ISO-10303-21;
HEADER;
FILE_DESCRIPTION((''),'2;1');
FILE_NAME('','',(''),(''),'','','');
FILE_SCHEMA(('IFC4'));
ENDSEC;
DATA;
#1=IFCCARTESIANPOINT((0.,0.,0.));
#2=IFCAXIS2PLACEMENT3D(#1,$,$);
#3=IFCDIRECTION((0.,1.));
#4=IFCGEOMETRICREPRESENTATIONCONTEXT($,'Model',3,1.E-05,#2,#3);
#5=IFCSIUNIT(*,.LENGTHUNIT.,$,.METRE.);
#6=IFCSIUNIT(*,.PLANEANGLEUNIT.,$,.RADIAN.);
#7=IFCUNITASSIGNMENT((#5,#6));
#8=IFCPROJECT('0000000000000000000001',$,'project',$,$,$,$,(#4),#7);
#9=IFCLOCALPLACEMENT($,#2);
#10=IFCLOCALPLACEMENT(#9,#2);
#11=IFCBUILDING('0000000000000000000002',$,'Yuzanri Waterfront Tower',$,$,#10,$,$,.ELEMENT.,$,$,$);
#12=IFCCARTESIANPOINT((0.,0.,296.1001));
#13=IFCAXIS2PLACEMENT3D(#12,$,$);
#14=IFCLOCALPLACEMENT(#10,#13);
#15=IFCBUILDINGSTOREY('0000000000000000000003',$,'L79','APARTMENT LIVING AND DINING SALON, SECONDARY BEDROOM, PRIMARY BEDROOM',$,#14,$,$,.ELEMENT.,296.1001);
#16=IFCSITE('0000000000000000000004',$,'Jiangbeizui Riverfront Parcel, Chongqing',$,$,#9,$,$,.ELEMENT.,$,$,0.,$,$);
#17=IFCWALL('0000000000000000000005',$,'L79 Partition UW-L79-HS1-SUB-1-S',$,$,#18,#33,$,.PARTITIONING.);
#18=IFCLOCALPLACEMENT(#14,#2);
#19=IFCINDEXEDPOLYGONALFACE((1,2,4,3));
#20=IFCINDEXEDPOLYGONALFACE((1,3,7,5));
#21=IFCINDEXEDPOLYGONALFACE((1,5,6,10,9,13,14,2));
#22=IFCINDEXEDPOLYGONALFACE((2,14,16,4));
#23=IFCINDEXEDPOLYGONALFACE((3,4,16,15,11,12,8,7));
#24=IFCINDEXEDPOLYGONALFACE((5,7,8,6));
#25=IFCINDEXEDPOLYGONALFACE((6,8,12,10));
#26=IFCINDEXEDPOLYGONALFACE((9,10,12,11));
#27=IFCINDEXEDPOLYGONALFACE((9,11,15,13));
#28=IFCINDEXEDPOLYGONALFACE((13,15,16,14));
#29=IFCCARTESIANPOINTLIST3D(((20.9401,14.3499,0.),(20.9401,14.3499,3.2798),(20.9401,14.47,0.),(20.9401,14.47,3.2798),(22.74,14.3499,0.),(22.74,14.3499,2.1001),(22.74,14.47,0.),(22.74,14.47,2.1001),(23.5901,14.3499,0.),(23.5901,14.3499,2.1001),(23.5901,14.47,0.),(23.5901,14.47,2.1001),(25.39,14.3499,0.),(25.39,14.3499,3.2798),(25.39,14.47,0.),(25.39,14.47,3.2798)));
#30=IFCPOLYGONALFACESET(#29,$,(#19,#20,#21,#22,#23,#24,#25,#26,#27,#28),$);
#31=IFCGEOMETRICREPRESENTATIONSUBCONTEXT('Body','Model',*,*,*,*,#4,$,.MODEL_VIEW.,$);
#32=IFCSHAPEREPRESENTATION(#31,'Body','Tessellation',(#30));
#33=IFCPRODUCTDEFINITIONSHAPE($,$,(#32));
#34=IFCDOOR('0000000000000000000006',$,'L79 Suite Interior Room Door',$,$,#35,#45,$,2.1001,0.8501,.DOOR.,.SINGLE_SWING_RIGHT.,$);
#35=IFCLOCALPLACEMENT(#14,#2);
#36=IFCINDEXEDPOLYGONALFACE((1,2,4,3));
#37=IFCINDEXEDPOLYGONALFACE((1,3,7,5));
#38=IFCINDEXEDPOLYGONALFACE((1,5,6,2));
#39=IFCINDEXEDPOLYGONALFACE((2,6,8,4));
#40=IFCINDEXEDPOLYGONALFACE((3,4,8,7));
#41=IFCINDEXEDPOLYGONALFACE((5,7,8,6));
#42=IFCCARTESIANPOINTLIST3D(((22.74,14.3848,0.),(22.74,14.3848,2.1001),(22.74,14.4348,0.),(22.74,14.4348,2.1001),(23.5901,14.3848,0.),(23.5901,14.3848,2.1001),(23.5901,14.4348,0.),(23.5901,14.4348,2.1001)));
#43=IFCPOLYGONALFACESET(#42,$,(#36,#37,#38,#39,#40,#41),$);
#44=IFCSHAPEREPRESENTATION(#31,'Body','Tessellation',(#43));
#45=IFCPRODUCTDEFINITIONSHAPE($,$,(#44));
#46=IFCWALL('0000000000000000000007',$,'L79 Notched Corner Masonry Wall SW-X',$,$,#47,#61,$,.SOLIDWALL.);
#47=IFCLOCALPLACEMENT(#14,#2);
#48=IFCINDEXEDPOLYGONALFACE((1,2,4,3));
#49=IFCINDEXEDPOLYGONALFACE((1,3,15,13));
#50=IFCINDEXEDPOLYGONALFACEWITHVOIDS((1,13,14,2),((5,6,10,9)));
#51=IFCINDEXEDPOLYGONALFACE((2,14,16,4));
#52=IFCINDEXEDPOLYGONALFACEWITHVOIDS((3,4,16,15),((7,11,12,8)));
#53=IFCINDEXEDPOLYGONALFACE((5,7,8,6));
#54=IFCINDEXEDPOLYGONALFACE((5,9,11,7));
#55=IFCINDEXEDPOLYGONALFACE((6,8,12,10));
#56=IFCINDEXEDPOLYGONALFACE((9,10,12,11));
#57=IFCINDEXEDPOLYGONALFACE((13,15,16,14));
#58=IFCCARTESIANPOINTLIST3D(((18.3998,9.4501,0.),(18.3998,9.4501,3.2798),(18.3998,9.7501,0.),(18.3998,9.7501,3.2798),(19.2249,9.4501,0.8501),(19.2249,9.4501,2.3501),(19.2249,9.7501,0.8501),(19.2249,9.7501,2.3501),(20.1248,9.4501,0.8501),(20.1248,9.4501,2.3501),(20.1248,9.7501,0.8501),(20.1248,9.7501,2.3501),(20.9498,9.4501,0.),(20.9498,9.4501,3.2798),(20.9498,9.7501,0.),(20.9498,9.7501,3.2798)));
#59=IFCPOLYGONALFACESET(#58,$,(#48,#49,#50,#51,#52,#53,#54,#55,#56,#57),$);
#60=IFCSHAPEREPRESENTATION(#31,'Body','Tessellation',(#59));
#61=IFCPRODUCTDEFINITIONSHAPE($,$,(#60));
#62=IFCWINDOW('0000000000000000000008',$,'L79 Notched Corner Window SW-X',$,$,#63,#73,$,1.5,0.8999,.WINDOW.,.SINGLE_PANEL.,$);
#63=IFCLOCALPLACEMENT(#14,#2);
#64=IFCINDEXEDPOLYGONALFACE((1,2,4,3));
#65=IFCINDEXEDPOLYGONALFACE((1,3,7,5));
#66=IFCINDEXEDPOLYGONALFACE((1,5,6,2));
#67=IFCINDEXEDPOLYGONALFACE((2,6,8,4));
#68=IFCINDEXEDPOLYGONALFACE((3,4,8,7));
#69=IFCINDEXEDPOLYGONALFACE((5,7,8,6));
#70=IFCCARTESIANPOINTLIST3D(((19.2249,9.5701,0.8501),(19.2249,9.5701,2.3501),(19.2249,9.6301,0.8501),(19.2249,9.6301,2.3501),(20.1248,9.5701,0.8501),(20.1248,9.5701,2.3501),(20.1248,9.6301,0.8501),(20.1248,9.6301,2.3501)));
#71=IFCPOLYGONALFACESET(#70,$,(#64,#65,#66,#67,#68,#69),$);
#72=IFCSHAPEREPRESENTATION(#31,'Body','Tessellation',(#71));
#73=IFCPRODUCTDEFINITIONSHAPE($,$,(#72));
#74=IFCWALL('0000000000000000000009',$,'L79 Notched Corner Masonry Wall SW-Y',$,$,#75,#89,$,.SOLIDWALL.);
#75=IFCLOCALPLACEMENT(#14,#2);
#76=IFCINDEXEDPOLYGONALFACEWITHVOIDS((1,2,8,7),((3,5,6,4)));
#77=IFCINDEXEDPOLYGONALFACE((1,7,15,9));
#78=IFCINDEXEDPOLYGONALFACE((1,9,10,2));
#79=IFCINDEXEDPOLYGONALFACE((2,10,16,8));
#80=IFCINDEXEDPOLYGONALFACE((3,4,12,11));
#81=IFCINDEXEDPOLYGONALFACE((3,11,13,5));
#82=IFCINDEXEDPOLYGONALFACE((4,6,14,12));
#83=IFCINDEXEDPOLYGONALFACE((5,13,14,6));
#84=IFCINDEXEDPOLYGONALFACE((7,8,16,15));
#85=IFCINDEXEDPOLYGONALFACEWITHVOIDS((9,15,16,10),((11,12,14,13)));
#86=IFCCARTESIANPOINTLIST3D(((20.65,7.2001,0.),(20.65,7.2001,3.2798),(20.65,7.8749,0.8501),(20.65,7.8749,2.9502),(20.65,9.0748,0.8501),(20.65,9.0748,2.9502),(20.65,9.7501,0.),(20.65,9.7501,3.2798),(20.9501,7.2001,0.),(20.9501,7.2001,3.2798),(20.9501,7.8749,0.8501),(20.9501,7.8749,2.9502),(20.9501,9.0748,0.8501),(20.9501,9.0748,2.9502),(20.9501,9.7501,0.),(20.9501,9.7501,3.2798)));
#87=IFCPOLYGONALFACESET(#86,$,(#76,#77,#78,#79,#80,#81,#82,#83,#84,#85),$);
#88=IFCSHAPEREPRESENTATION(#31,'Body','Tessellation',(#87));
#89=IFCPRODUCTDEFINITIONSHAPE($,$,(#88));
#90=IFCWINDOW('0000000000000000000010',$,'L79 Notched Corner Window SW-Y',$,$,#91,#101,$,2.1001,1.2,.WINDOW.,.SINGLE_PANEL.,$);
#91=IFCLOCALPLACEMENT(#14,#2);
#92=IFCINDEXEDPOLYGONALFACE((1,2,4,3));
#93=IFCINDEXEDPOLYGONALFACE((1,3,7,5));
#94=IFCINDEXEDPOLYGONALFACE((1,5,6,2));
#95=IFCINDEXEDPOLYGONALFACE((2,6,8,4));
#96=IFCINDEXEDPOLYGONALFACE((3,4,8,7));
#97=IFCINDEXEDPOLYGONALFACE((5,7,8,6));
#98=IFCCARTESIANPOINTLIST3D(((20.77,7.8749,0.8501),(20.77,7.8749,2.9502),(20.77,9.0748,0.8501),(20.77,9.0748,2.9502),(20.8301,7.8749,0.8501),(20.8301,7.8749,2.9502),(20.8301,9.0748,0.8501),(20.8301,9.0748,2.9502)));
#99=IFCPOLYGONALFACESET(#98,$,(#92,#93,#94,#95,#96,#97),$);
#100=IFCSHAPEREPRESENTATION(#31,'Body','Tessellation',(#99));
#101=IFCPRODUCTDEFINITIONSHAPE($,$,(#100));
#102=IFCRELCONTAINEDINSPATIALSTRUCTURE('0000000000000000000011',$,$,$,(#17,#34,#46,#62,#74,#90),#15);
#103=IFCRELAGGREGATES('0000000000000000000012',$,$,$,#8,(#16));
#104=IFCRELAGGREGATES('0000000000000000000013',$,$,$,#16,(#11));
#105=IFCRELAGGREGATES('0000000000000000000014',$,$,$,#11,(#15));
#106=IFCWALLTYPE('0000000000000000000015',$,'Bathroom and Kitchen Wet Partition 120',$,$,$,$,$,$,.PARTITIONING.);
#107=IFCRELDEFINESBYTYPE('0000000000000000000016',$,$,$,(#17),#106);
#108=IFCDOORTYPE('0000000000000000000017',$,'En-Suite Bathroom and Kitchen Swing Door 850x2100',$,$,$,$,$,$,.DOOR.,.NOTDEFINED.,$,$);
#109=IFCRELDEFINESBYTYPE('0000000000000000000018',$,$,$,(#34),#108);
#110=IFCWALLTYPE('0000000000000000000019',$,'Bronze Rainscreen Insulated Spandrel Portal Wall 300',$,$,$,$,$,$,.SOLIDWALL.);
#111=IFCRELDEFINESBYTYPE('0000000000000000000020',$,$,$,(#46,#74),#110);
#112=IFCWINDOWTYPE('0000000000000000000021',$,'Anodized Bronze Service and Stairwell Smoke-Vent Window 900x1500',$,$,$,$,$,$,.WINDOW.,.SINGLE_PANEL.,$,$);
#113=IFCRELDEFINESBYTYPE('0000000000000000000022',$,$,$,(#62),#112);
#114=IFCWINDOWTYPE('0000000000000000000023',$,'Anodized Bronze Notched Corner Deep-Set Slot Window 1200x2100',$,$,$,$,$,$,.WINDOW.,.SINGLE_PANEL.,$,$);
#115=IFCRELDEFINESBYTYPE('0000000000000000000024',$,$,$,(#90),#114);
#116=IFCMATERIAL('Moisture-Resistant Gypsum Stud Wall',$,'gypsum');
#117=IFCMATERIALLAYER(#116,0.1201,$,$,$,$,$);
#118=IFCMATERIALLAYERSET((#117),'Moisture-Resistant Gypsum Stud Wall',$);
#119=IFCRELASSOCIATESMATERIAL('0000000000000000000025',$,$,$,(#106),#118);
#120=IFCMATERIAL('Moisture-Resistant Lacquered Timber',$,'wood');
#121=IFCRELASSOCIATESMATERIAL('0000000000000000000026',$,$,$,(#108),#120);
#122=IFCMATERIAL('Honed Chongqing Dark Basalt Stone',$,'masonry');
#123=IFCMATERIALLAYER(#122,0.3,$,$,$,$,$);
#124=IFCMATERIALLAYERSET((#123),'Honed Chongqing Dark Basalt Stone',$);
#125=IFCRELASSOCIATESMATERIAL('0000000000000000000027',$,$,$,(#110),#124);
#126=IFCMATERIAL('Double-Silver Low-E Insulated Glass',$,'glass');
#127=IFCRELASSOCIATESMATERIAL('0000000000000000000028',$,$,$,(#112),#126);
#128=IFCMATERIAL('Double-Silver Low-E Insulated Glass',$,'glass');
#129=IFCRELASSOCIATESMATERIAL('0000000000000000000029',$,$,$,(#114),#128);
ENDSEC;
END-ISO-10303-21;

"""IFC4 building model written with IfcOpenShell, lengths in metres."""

from ifc_helpers import new_model, si_unit, direction, frame, frame_2d, origin, place, context, subcontext, project, spatial, rectangle, extrude, source, transform, mapped, material, layer, layer_set, type_object, element, fill, save


model = new_model("IFC4")

# Units and contexts
model_context = context("Model", 3, precision=1e-05, world=origin(), true_north=direction((0.0, 1.0)))
body_context = subcontext(model_context, "Body", "Model", "MODEL_VIEW")
ifc_project = project(units=[si_unit("LENGTHUNIT", "METRE"), si_unit("PLANEANGLEUNIT", "RADIAN")], contexts=[model_context])

# Site, building, storey
site_placement = place(None, origin())
site = spatial("IfcSite", under=ifc_project, at=site_placement, Name="Jiangbeizui Riverfront Parcel, Chongqing", CompositionType="ELEMENT", RefElevation=0.0)
building_placement = place(site_placement, origin())
building = spatial("IfcBuilding", under=site, at=building_placement, Name="Yuzanri Waterfront Tower", CompositionType="ELEMENT")
storey_placement = place(building_placement, frame((0.0, 0.0, 296.1001)))
storey = spatial("IfcBuildingStorey", under=building, at=storey_placement, Name="L79", Description="APARTMENT LIVING AND DINING SALON, SECONDARY BEDROOM, PRIMARY BEDROOM", CompositionType="ELEMENT", Elevation=296.1001)

# Wall, opening, door
ifc_material_1 = material(Name="Moisture-Resistant Gypsum Stud Wall", Category="gypsum")
ifc_layer_1 = layer(ifc_material_1, 0.1201)
ifc_layer_set_1 = layer_set([ifc_layer_1], Name="Moisture-Resistant Gypsum Stud Wall")
wall_type_1 = type_object("IfcWallType", Name="Bathroom and Kitchen Wet Partition 120", PredefinedType="PARTITIONING", material=ifc_layer_set_1)
wall_1_placement = place(storey_placement, frame((20.9399, 14.4099, 0.0), z_axis=(0.0, 0.0, 1.0), x_axis=(1.0, 0.0, 0.0)))
wall_1 = element("IfcWall", 1, at=wall_1_placement, inside=storey, type_object=wall_type_1, Name="L79 Partition UW-L79-HS1-SUB-1-S", PredefinedType="PARTITIONING", context=body_context, shape_type="SweptSolid", body=[
    extrude(rectangle(XDim=4.45, YDim=0.1201, at=frame_2d((2.2251, 0.0))), origin(), (0.0, 0.0, 1.0), 3.2798),
])
opening_1_placement = place(wall_1_placement, frame((1.8, 0.0, 0.0)))
opening_1 = element("IfcOpeningElement", 2, at=opening_1_placement, cuts=wall_1, PredefinedType="OPENING", context=body_context, shape_type="SweptSolid", body=[
    extrude(rectangle(XDim=0.8501, YDim=2.1001, at=frame_2d((0.425, 1.05))), frame((0.0, 0.075, 0.0), z_axis=(0.0, -1.0, 0.0), x_axis=(1.0, 0.0, 0.0)), (0.0, 0.0, 1.0), 0.1499),
])
ifc_material_2 = material(Name="Moisture-Resistant Lacquered Timber", Category="wood")
door_type_1 = type_object("IfcDoorType", Name="En-Suite Bathroom and Kitchen Swing Door 850x2100", OperationType="NOTDEFINED", PredefinedType="DOOR", material=ifc_material_2)
shared_shape_1 = source(origin(), body_context, "Body", "SweptSolid", [
    extrude(rectangle(XDim=0.8501, YDim=2.1001, at=frame_2d((0.425, 1.05))), frame((0.0, 0.0249, 0.0), z_axis=(0.0, -1.0, 0.0), x_axis=(1.0, 0.0, 0.0)), (0.0, 0.0, 1.0), 0.05),
])
door_1_placement = place(opening_1_placement, origin())
door_1 = element("IfcDoor", 3, at=door_1_placement, inside=storey, type_object=door_type_1, Name="L79 Suite Interior Room Door", OperationType="SINGLE_SWING_RIGHT", OverallHeight=2.1001, OverallWidth=0.8501, PredefinedType="DOOR", context=body_context, shape_type="MappedRepresentation", body=[
    mapped(shared_shape_1, transform((0.0, 0.0, 0.0), scale=1.0)),
])
fill(opening_1, door_1)

# Walls, openings, windows
ifc_material_3 = material(Name="Honed Chongqing Dark Basalt Stone", Category="masonry")
ifc_layer_2 = layer(ifc_material_3, 0.3)
ifc_layer_set_2 = layer_set([ifc_layer_2], Name="Honed Chongqing Dark Basalt Stone")
wall_type_2 = type_object("IfcWallType", Name="Bronze Rainscreen Insulated Spandrel Portal Wall 300", PredefinedType="SOLIDWALL", material=ifc_layer_set_2)
wall_2_placement = place(storey_placement, frame((18.3999, 9.6001, 0.0), z_axis=(0.0, 0.0, 1.0), x_axis=(1.0, 0.0, 0.0)))
wall_2 = element("IfcWall", 4, at=wall_2_placement, inside=storey, type_object=wall_type_2, Name="L79 Notched Corner Masonry Wall SW-X", PredefinedType="SOLIDWALL", context=body_context, shape_type="SweptSolid", body=[
    extrude(rectangle(XDim=2.55, YDim=0.3, at=frame_2d((1.2749, 0.0))), origin(), (0.0, 0.0, 1.0), 3.2798),
])
opening_2_placement = place(wall_2_placement, frame((0.825, 0.0, 0.8501)))
opening_2 = element("IfcOpeningElement", 5, at=opening_2_placement, cuts=wall_2, PredefinedType="OPENING", context=body_context, shape_type="SweptSolid", body=[
    extrude(rectangle(XDim=0.8999, YDim=1.5, at=frame_2d((0.45, 0.75))), frame((0.0, 0.165, 0.0), z_axis=(0.0, -1.0, 0.0), x_axis=(1.0, 0.0, 0.0)), (0.0, 0.0, 1.0), 0.3298),
])
ifc_material_4 = material(Name="Double-Silver Low-E Insulated Glass", Category="glass")
window_type_1 = type_object("IfcWindowType", Name="Anodized Bronze Service and Stairwell Smoke-Vent Window 900x1500", PartitioningType="SINGLE_PANEL", PredefinedType="WINDOW", material=ifc_material_4)
shared_shape_2 = source(origin(), body_context, "Body", "SweptSolid", [
    extrude(rectangle(XDim=0.8999, YDim=1.5, at=frame_2d((0.45, 0.75))), frame((0.0, 0.03, 0.0), z_axis=(0.0, -1.0, 0.0), x_axis=(1.0, 0.0, 0.0)), (0.0, 0.0, 1.0), 0.0601),
])
window_1_placement = place(opening_2_placement, origin())
window_1 = element("IfcWindow", 6, at=window_1_placement, inside=storey, type_object=window_type_1, Name="L79 Notched Corner Window SW-X", OverallHeight=1.5, OverallWidth=0.8999, PartitioningType="SINGLE_PANEL", PredefinedType="WINDOW", context=body_context, shape_type="MappedRepresentation", body=[
    mapped(shared_shape_2, transform((0.0, 0.0, 0.0), scale=1.0)),
])
fill(opening_2, window_1)
wall_3_placement = place(storey_placement, frame((20.8, 9.75, 0.0), z_axis=(0.0, 0.0, 1.0), x_axis=(0.0, -1.0, 0.0)))
wall_3 = element("IfcWall", 7, at=wall_3_placement, inside=storey, type_object=wall_type_2, Name="L79 Notched Corner Masonry Wall SW-Y", PredefinedType="SOLIDWALL", context=body_context, shape_type="SweptSolid", body=[
    extrude(rectangle(XDim=2.55, YDim=0.3, at=frame_2d((1.2749, 0.0))), origin(), (0.0, 0.0, 1.0), 3.2798),
])
opening_3_placement = place(wall_3_placement, frame((0.675, 0.0, 0.8501)))
opening_3 = element("IfcOpeningElement", 8, at=opening_3_placement, cuts=wall_3, PredefinedType="OPENING", context=body_context, shape_type="SweptSolid", body=[
    extrude(rectangle(XDim=1.2, YDim=2.1001, at=frame_2d((0.6001, 1.05))), frame((0.0, 0.165, 0.0), z_axis=(0.0, -1.0, 0.0), x_axis=(1.0, 0.0, 0.0)), (0.0, 0.0, 1.0), 0.3298),
])
ifc_material_5 = material(Name="Double-Silver Low-E Insulated Glass", Category="glass")
window_type_2 = type_object("IfcWindowType", Name="Anodized Bronze Notched Corner Deep-Set Slot Window 1200x2100", PartitioningType="SINGLE_PANEL", PredefinedType="WINDOW", material=ifc_material_5)
shared_shape_3 = source(origin(), body_context, "Body", "SweptSolid", [
    extrude(rectangle(XDim=1.2, YDim=2.1001, at=frame_2d((0.6001, 1.05))), frame((0.0, 0.03, 0.0), z_axis=(0.0, -1.0, 0.0), x_axis=(1.0, 0.0, 0.0)), (0.0, 0.0, 1.0), 0.0601),
])
window_2_placement = place(opening_3_placement, origin())
window_2 = element("IfcWindow", 9, at=window_2_placement, inside=storey, type_object=window_type_2, Name="L79 Notched Corner Window SW-Y", OverallHeight=2.1001, OverallWidth=1.2, PartitioningType="SINGLE_PANEL", PredefinedType="WINDOW", context=body_context, shape_type="MappedRepresentation", body=[
    mapped(shared_shape_3, transform((0.0, 0.0, 0.0), scale=1.0)),
])
fill(opening_3, window_2)

save(model, "model.ifc")
